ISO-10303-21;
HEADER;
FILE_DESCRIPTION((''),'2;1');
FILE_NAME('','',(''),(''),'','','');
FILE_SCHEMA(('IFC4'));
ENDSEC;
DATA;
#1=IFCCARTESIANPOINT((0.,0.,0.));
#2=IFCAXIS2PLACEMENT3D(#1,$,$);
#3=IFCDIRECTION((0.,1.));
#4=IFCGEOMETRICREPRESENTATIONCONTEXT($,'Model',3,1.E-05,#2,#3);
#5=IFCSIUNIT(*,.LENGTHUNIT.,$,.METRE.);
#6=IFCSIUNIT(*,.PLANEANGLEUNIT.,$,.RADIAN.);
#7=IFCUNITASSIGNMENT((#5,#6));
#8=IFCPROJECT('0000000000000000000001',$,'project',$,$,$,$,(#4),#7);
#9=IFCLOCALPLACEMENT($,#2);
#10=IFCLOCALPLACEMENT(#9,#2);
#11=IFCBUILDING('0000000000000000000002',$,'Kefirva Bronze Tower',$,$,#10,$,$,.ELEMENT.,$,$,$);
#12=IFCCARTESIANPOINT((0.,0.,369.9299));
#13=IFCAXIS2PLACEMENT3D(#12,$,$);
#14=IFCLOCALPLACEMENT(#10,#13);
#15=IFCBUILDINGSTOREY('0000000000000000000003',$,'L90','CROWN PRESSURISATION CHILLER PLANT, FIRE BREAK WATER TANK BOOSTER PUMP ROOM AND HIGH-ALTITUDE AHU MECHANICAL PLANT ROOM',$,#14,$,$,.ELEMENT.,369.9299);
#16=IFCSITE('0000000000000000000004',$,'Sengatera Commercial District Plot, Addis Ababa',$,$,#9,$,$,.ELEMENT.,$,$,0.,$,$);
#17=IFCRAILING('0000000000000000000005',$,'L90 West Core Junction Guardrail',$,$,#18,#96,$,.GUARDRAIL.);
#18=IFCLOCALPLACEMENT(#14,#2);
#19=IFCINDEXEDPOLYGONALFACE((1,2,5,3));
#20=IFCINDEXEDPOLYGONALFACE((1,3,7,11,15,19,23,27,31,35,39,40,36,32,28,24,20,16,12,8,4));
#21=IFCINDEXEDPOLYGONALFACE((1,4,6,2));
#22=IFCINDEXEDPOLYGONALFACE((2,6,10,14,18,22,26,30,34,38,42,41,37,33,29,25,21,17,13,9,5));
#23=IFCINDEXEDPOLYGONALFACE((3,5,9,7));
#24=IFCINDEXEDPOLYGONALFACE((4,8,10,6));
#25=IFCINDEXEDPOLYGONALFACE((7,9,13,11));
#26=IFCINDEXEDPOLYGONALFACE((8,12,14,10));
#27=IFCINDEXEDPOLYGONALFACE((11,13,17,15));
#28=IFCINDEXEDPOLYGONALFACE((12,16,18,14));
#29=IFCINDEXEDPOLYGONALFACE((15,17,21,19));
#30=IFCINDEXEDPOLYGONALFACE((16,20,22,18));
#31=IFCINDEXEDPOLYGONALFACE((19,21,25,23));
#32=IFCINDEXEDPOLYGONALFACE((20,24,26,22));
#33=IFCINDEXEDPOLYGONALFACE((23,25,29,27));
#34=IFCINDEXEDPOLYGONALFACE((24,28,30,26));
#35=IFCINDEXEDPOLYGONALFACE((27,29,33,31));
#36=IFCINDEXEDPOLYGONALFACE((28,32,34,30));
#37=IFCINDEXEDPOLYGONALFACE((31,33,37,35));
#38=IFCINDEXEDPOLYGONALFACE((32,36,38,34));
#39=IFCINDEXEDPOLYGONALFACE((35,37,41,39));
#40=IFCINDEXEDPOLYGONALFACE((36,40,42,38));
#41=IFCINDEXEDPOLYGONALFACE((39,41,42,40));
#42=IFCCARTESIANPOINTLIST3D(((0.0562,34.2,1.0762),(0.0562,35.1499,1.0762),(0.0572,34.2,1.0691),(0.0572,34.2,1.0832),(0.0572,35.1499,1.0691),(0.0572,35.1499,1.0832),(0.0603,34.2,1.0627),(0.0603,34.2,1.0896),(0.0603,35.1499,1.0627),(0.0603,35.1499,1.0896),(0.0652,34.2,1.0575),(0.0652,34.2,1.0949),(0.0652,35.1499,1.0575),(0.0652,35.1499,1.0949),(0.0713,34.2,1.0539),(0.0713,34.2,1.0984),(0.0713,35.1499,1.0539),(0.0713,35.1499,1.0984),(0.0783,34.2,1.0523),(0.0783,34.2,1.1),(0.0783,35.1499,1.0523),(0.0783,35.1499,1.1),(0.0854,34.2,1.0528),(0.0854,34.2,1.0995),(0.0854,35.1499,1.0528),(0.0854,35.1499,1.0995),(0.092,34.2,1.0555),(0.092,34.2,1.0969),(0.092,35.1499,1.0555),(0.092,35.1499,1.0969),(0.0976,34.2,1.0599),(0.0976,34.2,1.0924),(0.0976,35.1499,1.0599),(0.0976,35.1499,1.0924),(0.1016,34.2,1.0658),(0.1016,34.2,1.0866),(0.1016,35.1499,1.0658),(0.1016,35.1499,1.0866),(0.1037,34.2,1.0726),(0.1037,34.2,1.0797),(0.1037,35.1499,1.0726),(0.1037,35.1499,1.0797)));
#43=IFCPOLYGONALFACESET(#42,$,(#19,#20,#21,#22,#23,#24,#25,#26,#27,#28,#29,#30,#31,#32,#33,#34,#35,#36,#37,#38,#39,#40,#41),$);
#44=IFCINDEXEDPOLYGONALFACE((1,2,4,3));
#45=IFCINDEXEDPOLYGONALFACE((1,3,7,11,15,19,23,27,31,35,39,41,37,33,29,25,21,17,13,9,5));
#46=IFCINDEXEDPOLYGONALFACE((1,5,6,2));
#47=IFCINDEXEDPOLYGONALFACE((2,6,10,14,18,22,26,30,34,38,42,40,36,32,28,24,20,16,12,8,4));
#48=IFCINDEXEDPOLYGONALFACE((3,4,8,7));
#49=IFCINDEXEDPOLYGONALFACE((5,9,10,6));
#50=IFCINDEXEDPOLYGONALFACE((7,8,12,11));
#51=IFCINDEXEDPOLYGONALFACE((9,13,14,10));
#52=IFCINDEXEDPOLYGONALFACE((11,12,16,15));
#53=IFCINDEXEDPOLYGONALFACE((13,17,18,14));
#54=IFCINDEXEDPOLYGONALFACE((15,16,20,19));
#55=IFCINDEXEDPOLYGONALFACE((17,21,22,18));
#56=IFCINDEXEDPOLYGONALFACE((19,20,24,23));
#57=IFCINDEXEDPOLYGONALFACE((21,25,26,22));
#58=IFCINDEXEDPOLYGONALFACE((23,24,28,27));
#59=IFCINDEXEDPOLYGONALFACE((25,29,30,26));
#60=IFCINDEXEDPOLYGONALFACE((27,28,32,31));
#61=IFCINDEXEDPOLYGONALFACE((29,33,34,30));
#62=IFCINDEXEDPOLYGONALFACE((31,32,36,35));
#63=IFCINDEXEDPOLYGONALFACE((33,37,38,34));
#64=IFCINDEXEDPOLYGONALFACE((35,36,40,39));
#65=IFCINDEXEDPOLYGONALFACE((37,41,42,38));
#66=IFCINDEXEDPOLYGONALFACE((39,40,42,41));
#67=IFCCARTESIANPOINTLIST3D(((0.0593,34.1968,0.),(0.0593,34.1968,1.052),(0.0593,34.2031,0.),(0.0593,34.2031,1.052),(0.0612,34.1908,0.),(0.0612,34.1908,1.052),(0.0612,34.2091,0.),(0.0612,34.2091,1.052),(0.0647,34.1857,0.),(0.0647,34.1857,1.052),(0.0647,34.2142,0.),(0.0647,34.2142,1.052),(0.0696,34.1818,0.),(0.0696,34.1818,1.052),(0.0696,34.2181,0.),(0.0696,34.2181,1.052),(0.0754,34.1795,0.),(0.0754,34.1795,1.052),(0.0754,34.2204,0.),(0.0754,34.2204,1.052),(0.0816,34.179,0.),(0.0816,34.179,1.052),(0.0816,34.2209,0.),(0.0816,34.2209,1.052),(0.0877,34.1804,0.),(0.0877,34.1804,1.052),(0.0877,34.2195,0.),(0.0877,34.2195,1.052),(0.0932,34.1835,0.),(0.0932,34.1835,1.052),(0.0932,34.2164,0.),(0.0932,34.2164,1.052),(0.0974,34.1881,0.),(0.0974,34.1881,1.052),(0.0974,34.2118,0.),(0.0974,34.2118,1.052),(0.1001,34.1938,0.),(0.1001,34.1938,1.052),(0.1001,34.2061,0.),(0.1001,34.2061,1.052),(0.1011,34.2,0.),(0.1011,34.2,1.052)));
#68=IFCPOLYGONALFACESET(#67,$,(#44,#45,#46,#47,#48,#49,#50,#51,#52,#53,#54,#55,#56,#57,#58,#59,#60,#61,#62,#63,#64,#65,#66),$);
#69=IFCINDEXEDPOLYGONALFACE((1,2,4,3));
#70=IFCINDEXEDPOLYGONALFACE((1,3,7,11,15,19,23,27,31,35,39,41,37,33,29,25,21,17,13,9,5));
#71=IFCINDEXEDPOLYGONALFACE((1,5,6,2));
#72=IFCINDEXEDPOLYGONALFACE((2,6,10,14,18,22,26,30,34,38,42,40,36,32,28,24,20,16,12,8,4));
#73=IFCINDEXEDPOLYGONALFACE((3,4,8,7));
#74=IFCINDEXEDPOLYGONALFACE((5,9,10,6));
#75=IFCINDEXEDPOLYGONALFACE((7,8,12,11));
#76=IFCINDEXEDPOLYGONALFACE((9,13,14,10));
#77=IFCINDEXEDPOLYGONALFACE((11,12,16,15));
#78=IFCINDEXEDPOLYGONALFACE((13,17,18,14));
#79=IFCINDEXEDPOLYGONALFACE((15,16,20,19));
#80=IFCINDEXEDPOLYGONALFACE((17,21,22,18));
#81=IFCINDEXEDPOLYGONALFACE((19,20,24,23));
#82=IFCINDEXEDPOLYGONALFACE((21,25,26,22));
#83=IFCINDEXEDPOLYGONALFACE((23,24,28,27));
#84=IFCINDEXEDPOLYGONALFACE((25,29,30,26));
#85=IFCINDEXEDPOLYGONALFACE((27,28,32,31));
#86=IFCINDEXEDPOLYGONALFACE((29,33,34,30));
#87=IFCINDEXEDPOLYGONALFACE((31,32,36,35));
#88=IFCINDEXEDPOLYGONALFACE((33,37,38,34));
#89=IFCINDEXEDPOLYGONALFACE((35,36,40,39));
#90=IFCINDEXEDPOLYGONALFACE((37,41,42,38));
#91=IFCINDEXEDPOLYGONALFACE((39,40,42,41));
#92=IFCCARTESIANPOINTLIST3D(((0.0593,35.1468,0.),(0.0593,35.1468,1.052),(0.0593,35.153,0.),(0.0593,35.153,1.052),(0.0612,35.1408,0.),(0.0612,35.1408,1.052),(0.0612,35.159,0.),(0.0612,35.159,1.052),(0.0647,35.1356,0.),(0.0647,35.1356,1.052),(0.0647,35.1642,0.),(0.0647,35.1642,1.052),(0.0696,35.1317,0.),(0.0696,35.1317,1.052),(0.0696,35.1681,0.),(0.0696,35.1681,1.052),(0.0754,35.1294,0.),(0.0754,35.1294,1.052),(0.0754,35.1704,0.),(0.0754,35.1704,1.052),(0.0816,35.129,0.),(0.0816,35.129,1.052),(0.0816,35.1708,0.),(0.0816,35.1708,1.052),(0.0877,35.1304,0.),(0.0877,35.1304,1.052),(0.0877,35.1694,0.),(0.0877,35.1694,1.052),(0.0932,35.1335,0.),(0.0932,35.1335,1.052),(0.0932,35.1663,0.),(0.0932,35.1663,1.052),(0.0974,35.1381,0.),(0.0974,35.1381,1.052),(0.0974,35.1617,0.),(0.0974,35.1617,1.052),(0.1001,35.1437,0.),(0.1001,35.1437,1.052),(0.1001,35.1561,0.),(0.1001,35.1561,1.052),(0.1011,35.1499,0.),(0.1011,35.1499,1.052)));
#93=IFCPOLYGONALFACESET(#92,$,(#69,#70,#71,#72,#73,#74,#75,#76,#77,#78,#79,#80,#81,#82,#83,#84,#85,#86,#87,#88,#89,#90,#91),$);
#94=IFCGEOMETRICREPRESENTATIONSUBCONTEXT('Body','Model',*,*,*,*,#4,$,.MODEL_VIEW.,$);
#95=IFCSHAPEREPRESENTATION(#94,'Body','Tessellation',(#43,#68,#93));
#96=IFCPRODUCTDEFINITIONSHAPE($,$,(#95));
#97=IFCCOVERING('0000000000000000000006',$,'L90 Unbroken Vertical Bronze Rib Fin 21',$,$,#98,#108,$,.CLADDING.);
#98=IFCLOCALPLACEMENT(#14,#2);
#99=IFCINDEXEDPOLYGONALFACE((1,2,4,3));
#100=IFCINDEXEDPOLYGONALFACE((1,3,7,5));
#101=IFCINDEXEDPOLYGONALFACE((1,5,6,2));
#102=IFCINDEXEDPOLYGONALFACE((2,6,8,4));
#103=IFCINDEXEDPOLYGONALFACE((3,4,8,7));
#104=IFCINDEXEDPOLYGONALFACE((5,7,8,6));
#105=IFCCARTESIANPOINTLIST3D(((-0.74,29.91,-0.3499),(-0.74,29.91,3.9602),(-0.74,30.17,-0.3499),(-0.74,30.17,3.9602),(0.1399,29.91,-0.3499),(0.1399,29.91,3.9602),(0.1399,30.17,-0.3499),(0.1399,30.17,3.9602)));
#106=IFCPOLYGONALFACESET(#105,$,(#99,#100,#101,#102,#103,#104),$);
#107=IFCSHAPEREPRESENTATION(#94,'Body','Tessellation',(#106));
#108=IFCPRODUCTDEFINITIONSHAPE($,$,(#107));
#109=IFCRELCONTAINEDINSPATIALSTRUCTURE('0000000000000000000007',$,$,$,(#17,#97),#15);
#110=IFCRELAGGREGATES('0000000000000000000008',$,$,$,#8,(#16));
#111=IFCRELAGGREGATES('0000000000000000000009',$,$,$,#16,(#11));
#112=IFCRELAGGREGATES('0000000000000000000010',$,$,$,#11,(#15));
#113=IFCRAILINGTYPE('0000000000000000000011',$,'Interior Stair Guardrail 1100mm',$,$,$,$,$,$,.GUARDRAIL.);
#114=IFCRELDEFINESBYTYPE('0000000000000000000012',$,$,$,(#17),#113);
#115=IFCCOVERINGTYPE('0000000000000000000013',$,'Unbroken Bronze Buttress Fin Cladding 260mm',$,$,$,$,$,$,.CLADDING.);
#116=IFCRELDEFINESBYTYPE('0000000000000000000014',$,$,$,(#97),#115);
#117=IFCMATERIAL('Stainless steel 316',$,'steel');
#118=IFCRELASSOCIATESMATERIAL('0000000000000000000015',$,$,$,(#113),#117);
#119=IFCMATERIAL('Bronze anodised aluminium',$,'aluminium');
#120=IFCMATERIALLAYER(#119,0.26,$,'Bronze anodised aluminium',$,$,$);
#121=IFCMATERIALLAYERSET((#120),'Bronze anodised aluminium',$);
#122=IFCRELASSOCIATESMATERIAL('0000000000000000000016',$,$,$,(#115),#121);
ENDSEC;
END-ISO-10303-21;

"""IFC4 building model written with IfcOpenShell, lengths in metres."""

from ifc_helpers import new_model, si_unit, direction, frame, origin, origin_2d, place, context, subcontext, project, spatial, rectangle, circle, extrude, material, layer, layer_set, type_object, element, save


model = new_model("IFC4")

# Units and contexts
model_context = context("Model", 3, precision=1e-05, world=origin(), true_north=direction((0.0, 1.0)))
body_context = subcontext(model_context, "Body", "Model", "MODEL_VIEW")
ifc_project = project(units=[si_unit("LENGTHUNIT", "METRE"), si_unit("PLANEANGLEUNIT", "RADIAN")], contexts=[model_context])

# Site, building, storey
site_placement = place(None, origin())
site = spatial("IfcSite", under=ifc_project, at=site_placement, Name="Sengatera Commercial District Plot, Addis Ababa", CompositionType="ELEMENT", RefElevation=0.0)
building_placement = place(site_placement, origin())
building = spatial("IfcBuilding", under=site, at=building_placement, Name="Kefirva Bronze Tower", CompositionType="ELEMENT")
storey_placement = place(building_placement, frame((0.0, 0.0, 369.9299)))
storey = spatial("IfcBuildingStorey", under=building, at=storey_placement, Name="L90", Description="CROWN PRESSURISATION CHILLER PLANT, FIRE BREAK WATER TANK BOOSTER PUMP ROOM AND HIGH-ALTITUDE AHU MECHANICAL PLANT ROOM", CompositionType="ELEMENT", Elevation=369.9299)

# Shared definitions
ifc_material_1 = material(Name="Bronze anodised aluminium", Category="aluminium")

# Shared definitions
ifc_material_2 = material(Name="Stainless steel 316", Category="steel")

# Railing
railing_type = type_object("IfcRailingType", Name="Interior Stair Guardrail 1100mm", PredefinedType="GUARDRAIL", material=ifc_material_2)
railing_placement = place(storey_placement, frame((0.0801, 34.2, 0.0)))
element("IfcRailing", 1, at=railing_placement, inside=storey, type_object=railing_type, Name="L90 West Core Junction Guardrail", PredefinedType="GUARDRAIL", context=body_context, shape_type="SweptSolid", body=[
    extrude(circle(Radius=0.0239, at=origin_2d()), frame((0.0, 0.0, 1.0762), z_axis=(0.0, 1.0, 0.0), x_axis=(-1.0, 0.0, 0.0)), (0.0, 0.0, 1.0), 0.95),
    extrude(circle(Radius=0.021, at=origin_2d()), origin(), (0.0, 0.0, 1.0), 1.052),
    extrude(circle(Radius=0.021, at=origin_2d()), frame((0.0, 0.95, 0.0)), (0.0, 0.0, 1.0), 1.052),
])

# Covering
ifc_layer_1 = layer(ifc_material_1, 0.26, Name="Bronze anodised aluminium")
ifc_layer_set_1 = layer_set([ifc_layer_1], Name="Bronze anodised aluminium")
covering_type = type_object("IfcCoveringType", Name="Unbroken Bronze Buttress Fin Cladding 260mm", PredefinedType="CLADDING", material=ifc_layer_set_1)
covering_placement = place(storey_placement, frame((-0.3, 30.04, -0.3499), z_axis=(0.0, 0.0, 1.0), x_axis=(0.0, -1.0, 0.0)))
element("IfcCovering", 2, at=covering_placement, inside=storey, type_object=covering_type, Name="L90 Unbroken Vertical Bronze Rib Fin 21", PredefinedType="CLADDING", context=body_context, shape_type="SweptSolid", body=[
    extrude(rectangle(XDim=0.26, YDim=0.8799, at=origin_2d()), origin(), (0.0, 0.0, 1.0), 4.3101),
])

save(model, "model.ifc")
